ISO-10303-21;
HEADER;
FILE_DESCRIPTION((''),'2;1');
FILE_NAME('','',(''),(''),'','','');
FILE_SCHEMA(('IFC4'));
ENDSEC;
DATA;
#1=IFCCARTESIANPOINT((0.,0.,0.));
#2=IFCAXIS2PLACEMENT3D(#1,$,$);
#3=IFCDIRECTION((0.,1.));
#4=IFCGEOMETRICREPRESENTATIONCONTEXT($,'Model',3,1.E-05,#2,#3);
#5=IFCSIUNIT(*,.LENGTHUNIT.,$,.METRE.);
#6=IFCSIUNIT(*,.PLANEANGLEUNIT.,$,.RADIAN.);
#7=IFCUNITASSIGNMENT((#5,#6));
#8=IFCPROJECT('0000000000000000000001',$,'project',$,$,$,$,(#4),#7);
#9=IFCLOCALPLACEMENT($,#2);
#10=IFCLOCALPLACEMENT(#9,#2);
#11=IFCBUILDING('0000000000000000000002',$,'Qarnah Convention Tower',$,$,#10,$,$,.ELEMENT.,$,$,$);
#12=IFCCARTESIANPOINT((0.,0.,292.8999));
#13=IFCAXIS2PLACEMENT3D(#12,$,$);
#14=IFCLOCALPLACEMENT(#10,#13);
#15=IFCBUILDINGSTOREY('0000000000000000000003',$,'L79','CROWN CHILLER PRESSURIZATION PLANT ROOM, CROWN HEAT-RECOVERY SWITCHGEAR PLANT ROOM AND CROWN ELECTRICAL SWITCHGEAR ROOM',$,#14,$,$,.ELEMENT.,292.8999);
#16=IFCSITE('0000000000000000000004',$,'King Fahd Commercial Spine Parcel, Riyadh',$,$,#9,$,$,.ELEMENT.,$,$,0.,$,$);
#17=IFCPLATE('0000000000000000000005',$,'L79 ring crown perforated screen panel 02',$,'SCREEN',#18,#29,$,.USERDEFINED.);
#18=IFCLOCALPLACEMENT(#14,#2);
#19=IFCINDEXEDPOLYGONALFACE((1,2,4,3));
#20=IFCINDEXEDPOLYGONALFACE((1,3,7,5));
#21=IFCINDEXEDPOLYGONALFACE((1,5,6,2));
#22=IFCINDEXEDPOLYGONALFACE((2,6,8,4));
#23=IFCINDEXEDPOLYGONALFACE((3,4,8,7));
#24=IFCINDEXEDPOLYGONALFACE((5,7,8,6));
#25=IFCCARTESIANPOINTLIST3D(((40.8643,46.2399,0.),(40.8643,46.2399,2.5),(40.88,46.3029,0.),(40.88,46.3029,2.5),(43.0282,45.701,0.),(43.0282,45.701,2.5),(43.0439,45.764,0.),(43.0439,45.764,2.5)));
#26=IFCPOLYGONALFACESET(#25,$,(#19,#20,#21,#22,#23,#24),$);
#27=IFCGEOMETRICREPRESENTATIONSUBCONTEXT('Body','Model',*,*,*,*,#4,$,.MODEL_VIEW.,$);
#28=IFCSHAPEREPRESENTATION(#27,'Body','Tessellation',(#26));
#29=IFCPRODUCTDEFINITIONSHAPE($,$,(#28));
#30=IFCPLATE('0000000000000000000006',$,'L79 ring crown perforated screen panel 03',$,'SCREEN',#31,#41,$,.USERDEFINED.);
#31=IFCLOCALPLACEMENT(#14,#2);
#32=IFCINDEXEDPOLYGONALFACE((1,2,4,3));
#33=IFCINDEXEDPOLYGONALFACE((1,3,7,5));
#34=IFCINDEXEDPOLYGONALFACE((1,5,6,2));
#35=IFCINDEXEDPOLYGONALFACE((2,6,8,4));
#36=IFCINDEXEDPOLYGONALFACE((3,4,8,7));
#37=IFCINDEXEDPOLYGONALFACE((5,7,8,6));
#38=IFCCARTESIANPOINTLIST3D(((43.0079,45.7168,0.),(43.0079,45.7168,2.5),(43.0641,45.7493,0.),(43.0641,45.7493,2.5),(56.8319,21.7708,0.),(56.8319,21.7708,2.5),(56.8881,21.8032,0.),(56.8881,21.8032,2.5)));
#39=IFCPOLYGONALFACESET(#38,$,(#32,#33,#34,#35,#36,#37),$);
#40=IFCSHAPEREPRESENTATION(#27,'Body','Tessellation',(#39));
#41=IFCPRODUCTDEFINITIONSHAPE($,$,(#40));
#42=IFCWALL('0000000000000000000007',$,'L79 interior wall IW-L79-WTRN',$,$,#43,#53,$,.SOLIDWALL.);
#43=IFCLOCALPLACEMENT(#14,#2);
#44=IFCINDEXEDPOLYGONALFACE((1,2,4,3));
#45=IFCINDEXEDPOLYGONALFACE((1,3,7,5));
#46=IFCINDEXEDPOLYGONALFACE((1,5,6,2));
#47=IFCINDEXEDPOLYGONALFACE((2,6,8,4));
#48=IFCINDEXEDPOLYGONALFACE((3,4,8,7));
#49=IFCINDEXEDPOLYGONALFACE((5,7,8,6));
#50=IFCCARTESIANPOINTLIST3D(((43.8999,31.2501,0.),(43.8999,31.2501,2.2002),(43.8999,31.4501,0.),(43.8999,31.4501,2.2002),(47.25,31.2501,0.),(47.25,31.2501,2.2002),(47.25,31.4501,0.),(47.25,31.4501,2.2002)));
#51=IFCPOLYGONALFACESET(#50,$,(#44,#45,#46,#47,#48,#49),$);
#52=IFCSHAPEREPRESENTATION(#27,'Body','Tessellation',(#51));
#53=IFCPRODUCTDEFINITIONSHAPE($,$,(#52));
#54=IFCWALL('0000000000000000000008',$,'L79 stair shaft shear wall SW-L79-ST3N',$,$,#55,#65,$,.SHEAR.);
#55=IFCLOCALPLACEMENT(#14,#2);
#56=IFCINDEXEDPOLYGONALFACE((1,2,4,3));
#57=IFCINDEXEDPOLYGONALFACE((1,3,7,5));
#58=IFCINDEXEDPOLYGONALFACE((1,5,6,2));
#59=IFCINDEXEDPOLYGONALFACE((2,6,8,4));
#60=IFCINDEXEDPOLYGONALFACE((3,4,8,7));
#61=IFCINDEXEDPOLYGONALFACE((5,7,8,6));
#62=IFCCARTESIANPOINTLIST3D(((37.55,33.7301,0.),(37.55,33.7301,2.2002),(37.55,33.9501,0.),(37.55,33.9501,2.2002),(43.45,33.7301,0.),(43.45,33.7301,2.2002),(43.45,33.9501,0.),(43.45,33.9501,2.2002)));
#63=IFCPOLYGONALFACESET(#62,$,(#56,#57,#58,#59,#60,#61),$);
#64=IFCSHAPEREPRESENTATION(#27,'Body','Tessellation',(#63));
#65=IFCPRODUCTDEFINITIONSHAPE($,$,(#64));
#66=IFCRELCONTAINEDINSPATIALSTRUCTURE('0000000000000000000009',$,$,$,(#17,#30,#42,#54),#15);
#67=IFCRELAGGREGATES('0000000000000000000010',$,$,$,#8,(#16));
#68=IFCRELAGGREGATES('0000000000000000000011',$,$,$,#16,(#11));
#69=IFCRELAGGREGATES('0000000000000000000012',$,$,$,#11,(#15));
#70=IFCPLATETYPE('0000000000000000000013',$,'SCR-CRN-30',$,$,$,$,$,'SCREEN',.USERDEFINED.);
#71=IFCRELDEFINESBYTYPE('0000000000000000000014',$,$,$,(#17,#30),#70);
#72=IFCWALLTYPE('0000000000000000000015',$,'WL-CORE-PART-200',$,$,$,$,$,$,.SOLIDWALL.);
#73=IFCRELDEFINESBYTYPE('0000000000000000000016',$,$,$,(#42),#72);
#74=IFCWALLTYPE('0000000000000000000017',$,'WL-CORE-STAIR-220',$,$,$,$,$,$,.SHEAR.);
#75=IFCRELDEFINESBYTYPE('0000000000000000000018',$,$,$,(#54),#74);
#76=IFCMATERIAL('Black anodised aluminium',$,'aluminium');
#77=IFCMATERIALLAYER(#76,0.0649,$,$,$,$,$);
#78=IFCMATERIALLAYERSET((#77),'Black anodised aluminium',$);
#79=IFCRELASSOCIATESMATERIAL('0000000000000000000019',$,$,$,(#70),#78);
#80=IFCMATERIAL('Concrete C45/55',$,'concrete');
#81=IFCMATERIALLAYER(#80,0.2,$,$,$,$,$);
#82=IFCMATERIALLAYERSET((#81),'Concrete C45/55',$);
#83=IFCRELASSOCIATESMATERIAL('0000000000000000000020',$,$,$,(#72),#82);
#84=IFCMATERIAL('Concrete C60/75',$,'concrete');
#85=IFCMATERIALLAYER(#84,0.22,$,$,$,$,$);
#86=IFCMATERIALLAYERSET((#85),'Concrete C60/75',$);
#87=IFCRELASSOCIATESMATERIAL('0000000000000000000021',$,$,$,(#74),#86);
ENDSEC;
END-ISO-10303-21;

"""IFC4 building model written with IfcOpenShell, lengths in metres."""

from ifc_helpers import new_model, si_unit, direction, frame, frame_2d, origin, origin_2d, place, context, subcontext, project, spatial, rectangle, extrude, material, layer, layer_set, type_object, element, save


model = new_model("IFC4")

# Units and contexts
model_context = context("Model", 3, precision=1e-05, world=origin(), true_north=direction((0.0, 1.0)))
body_context = subcontext(model_context, "Body", "Model", "MODEL_VIEW")
ifc_project = project(units=[si_unit("LENGTHUNIT", "METRE"), si_unit("PLANEANGLEUNIT", "RADIAN")], contexts=[model_context])

# Site, building, storey
site_placement = place(None, origin())
site = spatial("IfcSite", under=ifc_project, at=site_placement, Name="King Fahd Commercial Spine Parcel, Riyadh", CompositionType="ELEMENT", RefElevation=0.0)
building_placement = place(site_placement, origin())
building = spatial("IfcBuilding", under=site, at=building_placement, Name="Qarnah Convention Tower", CompositionType="ELEMENT")
storey_placement = place(building_placement, frame((0.0, 0.0, 292.8999)))
storey = spatial("IfcBuildingStorey", under=building, at=storey_placement, Name="L79", Description="CROWN CHILLER PRESSURIZATION PLANT ROOM, CROWN HEAT-RECOVERY SWITCHGEAR PLANT ROOM AND CROWN ELECTRICAL SWITCHGEAR ROOM", CompositionType="ELEMENT", Elevation=292.8999)

# Plates
ifc_material_1 = material(Name="Black anodised aluminium", Category="aluminium")
ifc_layer_1 = layer(ifc_material_1, 0.0649)
ifc_layer_set_1 = layer_set([ifc_layer_1], Name="Black anodised aluminium")
plate_type_1 = type_object("IfcPlateType", Name="SCR-CRN-30", ElementType="SCREEN", PredefinedType="USERDEFINED", material=ifc_layer_set_1)
plate_1_placement = place(storey_placement, frame((41.9541, 46.002, 0.0), z_axis=(0.0, 0.0, 1.0), x_axis=(0.970353, -0.241692, 0.0)))
element("IfcPlate", 1, at=plate_1_placement, inside=storey, type_object=plate_type_1, Name="L79 ring crown perforated screen panel 02", ObjectType="SCREEN", PredefinedType="USERDEFINED", context=body_context, shape_type="SweptSolid", body=[
    extrude(rectangle(XDim=2.23, YDim=0.0649, at=origin_2d()), origin(), (0.0, 0.0, 1.0), 2.5),
])
plate_2_placement = place(storey_placement, frame((49.948, 33.76, 0.0), z_axis=(0.0, 0.0, 1.0), x_axis=(0.499967, -0.866045, 0.0)))
element("IfcPlate", 2, at=plate_2_placement, inside=storey, type_object=plate_type_1, Name="L79 ring crown perforated screen panel 03", ObjectType="SCREEN", PredefinedType="USERDEFINED", context=body_context, shape_type="SweptSolid", body=[
    extrude(rectangle(XDim=27.6499, YDim=0.0649, at=origin_2d()), origin(), (0.0, 0.0, 1.0), 2.5),
])

# Walls
ifc_material_2 = material(Name="Concrete C45/55", Category="concrete")
ifc_layer_2 = layer(ifc_material_2, 0.2)
ifc_layer_set_2 = layer_set([ifc_layer_2], Name="Concrete C45/55")
wall_type_1 = type_object("IfcWallType", Name="WL-CORE-PART-200", PredefinedType="SOLIDWALL", material=ifc_layer_set_2)
wall_1_placement = place(storey_placement, frame((43.8999, 31.3501, 0.0), z_axis=(0.0, 0.0, 1.0), x_axis=(1.0, 0.0, 0.0)))
element("IfcWall", 3, at=wall_1_placement, inside=storey, type_object=wall_type_1, Name="L79 interior wall IW-L79-WTRN", PredefinedType="SOLIDWALL", context=body_context, shape_type="SweptSolid", body=[
    extrude(rectangle(XDim=3.3501, YDim=0.2, at=frame_2d((1.675, 0.0))), origin(), (0.0, 0.0, 1.0), 2.2002),
])
ifc_material_3 = material(Name="Concrete C60/75", Category="concrete")
ifc_layer_3 = layer(ifc_material_3, 0.22)
ifc_layer_set_3 = layer_set([ifc_layer_3], Name="Concrete C60/75")
wall_type_2 = type_object("IfcWallType", Name="WL-CORE-STAIR-220", PredefinedType="SHEAR", material=ifc_layer_set_3)
wall_2_placement = place(storey_placement, frame((37.55, 33.8401, 0.0), z_axis=(0.0, 0.0, 1.0), x_axis=(1.0, 0.0, 0.0)))
element("IfcWall", 4, at=wall_2_placement, inside=storey, type_object=wall_type_2, Name="L79 stair shaft shear wall SW-L79-ST3N", PredefinedType="SHEAR", context=body_context, shape_type="SweptSolid", body=[
    extrude(rectangle(XDim=5.8999, YDim=0.22, at=frame_2d((2.95, 0.0))), origin(), (0.0, 0.0, 1.0), 2.2002),
])

save(model, "model.ifc")
